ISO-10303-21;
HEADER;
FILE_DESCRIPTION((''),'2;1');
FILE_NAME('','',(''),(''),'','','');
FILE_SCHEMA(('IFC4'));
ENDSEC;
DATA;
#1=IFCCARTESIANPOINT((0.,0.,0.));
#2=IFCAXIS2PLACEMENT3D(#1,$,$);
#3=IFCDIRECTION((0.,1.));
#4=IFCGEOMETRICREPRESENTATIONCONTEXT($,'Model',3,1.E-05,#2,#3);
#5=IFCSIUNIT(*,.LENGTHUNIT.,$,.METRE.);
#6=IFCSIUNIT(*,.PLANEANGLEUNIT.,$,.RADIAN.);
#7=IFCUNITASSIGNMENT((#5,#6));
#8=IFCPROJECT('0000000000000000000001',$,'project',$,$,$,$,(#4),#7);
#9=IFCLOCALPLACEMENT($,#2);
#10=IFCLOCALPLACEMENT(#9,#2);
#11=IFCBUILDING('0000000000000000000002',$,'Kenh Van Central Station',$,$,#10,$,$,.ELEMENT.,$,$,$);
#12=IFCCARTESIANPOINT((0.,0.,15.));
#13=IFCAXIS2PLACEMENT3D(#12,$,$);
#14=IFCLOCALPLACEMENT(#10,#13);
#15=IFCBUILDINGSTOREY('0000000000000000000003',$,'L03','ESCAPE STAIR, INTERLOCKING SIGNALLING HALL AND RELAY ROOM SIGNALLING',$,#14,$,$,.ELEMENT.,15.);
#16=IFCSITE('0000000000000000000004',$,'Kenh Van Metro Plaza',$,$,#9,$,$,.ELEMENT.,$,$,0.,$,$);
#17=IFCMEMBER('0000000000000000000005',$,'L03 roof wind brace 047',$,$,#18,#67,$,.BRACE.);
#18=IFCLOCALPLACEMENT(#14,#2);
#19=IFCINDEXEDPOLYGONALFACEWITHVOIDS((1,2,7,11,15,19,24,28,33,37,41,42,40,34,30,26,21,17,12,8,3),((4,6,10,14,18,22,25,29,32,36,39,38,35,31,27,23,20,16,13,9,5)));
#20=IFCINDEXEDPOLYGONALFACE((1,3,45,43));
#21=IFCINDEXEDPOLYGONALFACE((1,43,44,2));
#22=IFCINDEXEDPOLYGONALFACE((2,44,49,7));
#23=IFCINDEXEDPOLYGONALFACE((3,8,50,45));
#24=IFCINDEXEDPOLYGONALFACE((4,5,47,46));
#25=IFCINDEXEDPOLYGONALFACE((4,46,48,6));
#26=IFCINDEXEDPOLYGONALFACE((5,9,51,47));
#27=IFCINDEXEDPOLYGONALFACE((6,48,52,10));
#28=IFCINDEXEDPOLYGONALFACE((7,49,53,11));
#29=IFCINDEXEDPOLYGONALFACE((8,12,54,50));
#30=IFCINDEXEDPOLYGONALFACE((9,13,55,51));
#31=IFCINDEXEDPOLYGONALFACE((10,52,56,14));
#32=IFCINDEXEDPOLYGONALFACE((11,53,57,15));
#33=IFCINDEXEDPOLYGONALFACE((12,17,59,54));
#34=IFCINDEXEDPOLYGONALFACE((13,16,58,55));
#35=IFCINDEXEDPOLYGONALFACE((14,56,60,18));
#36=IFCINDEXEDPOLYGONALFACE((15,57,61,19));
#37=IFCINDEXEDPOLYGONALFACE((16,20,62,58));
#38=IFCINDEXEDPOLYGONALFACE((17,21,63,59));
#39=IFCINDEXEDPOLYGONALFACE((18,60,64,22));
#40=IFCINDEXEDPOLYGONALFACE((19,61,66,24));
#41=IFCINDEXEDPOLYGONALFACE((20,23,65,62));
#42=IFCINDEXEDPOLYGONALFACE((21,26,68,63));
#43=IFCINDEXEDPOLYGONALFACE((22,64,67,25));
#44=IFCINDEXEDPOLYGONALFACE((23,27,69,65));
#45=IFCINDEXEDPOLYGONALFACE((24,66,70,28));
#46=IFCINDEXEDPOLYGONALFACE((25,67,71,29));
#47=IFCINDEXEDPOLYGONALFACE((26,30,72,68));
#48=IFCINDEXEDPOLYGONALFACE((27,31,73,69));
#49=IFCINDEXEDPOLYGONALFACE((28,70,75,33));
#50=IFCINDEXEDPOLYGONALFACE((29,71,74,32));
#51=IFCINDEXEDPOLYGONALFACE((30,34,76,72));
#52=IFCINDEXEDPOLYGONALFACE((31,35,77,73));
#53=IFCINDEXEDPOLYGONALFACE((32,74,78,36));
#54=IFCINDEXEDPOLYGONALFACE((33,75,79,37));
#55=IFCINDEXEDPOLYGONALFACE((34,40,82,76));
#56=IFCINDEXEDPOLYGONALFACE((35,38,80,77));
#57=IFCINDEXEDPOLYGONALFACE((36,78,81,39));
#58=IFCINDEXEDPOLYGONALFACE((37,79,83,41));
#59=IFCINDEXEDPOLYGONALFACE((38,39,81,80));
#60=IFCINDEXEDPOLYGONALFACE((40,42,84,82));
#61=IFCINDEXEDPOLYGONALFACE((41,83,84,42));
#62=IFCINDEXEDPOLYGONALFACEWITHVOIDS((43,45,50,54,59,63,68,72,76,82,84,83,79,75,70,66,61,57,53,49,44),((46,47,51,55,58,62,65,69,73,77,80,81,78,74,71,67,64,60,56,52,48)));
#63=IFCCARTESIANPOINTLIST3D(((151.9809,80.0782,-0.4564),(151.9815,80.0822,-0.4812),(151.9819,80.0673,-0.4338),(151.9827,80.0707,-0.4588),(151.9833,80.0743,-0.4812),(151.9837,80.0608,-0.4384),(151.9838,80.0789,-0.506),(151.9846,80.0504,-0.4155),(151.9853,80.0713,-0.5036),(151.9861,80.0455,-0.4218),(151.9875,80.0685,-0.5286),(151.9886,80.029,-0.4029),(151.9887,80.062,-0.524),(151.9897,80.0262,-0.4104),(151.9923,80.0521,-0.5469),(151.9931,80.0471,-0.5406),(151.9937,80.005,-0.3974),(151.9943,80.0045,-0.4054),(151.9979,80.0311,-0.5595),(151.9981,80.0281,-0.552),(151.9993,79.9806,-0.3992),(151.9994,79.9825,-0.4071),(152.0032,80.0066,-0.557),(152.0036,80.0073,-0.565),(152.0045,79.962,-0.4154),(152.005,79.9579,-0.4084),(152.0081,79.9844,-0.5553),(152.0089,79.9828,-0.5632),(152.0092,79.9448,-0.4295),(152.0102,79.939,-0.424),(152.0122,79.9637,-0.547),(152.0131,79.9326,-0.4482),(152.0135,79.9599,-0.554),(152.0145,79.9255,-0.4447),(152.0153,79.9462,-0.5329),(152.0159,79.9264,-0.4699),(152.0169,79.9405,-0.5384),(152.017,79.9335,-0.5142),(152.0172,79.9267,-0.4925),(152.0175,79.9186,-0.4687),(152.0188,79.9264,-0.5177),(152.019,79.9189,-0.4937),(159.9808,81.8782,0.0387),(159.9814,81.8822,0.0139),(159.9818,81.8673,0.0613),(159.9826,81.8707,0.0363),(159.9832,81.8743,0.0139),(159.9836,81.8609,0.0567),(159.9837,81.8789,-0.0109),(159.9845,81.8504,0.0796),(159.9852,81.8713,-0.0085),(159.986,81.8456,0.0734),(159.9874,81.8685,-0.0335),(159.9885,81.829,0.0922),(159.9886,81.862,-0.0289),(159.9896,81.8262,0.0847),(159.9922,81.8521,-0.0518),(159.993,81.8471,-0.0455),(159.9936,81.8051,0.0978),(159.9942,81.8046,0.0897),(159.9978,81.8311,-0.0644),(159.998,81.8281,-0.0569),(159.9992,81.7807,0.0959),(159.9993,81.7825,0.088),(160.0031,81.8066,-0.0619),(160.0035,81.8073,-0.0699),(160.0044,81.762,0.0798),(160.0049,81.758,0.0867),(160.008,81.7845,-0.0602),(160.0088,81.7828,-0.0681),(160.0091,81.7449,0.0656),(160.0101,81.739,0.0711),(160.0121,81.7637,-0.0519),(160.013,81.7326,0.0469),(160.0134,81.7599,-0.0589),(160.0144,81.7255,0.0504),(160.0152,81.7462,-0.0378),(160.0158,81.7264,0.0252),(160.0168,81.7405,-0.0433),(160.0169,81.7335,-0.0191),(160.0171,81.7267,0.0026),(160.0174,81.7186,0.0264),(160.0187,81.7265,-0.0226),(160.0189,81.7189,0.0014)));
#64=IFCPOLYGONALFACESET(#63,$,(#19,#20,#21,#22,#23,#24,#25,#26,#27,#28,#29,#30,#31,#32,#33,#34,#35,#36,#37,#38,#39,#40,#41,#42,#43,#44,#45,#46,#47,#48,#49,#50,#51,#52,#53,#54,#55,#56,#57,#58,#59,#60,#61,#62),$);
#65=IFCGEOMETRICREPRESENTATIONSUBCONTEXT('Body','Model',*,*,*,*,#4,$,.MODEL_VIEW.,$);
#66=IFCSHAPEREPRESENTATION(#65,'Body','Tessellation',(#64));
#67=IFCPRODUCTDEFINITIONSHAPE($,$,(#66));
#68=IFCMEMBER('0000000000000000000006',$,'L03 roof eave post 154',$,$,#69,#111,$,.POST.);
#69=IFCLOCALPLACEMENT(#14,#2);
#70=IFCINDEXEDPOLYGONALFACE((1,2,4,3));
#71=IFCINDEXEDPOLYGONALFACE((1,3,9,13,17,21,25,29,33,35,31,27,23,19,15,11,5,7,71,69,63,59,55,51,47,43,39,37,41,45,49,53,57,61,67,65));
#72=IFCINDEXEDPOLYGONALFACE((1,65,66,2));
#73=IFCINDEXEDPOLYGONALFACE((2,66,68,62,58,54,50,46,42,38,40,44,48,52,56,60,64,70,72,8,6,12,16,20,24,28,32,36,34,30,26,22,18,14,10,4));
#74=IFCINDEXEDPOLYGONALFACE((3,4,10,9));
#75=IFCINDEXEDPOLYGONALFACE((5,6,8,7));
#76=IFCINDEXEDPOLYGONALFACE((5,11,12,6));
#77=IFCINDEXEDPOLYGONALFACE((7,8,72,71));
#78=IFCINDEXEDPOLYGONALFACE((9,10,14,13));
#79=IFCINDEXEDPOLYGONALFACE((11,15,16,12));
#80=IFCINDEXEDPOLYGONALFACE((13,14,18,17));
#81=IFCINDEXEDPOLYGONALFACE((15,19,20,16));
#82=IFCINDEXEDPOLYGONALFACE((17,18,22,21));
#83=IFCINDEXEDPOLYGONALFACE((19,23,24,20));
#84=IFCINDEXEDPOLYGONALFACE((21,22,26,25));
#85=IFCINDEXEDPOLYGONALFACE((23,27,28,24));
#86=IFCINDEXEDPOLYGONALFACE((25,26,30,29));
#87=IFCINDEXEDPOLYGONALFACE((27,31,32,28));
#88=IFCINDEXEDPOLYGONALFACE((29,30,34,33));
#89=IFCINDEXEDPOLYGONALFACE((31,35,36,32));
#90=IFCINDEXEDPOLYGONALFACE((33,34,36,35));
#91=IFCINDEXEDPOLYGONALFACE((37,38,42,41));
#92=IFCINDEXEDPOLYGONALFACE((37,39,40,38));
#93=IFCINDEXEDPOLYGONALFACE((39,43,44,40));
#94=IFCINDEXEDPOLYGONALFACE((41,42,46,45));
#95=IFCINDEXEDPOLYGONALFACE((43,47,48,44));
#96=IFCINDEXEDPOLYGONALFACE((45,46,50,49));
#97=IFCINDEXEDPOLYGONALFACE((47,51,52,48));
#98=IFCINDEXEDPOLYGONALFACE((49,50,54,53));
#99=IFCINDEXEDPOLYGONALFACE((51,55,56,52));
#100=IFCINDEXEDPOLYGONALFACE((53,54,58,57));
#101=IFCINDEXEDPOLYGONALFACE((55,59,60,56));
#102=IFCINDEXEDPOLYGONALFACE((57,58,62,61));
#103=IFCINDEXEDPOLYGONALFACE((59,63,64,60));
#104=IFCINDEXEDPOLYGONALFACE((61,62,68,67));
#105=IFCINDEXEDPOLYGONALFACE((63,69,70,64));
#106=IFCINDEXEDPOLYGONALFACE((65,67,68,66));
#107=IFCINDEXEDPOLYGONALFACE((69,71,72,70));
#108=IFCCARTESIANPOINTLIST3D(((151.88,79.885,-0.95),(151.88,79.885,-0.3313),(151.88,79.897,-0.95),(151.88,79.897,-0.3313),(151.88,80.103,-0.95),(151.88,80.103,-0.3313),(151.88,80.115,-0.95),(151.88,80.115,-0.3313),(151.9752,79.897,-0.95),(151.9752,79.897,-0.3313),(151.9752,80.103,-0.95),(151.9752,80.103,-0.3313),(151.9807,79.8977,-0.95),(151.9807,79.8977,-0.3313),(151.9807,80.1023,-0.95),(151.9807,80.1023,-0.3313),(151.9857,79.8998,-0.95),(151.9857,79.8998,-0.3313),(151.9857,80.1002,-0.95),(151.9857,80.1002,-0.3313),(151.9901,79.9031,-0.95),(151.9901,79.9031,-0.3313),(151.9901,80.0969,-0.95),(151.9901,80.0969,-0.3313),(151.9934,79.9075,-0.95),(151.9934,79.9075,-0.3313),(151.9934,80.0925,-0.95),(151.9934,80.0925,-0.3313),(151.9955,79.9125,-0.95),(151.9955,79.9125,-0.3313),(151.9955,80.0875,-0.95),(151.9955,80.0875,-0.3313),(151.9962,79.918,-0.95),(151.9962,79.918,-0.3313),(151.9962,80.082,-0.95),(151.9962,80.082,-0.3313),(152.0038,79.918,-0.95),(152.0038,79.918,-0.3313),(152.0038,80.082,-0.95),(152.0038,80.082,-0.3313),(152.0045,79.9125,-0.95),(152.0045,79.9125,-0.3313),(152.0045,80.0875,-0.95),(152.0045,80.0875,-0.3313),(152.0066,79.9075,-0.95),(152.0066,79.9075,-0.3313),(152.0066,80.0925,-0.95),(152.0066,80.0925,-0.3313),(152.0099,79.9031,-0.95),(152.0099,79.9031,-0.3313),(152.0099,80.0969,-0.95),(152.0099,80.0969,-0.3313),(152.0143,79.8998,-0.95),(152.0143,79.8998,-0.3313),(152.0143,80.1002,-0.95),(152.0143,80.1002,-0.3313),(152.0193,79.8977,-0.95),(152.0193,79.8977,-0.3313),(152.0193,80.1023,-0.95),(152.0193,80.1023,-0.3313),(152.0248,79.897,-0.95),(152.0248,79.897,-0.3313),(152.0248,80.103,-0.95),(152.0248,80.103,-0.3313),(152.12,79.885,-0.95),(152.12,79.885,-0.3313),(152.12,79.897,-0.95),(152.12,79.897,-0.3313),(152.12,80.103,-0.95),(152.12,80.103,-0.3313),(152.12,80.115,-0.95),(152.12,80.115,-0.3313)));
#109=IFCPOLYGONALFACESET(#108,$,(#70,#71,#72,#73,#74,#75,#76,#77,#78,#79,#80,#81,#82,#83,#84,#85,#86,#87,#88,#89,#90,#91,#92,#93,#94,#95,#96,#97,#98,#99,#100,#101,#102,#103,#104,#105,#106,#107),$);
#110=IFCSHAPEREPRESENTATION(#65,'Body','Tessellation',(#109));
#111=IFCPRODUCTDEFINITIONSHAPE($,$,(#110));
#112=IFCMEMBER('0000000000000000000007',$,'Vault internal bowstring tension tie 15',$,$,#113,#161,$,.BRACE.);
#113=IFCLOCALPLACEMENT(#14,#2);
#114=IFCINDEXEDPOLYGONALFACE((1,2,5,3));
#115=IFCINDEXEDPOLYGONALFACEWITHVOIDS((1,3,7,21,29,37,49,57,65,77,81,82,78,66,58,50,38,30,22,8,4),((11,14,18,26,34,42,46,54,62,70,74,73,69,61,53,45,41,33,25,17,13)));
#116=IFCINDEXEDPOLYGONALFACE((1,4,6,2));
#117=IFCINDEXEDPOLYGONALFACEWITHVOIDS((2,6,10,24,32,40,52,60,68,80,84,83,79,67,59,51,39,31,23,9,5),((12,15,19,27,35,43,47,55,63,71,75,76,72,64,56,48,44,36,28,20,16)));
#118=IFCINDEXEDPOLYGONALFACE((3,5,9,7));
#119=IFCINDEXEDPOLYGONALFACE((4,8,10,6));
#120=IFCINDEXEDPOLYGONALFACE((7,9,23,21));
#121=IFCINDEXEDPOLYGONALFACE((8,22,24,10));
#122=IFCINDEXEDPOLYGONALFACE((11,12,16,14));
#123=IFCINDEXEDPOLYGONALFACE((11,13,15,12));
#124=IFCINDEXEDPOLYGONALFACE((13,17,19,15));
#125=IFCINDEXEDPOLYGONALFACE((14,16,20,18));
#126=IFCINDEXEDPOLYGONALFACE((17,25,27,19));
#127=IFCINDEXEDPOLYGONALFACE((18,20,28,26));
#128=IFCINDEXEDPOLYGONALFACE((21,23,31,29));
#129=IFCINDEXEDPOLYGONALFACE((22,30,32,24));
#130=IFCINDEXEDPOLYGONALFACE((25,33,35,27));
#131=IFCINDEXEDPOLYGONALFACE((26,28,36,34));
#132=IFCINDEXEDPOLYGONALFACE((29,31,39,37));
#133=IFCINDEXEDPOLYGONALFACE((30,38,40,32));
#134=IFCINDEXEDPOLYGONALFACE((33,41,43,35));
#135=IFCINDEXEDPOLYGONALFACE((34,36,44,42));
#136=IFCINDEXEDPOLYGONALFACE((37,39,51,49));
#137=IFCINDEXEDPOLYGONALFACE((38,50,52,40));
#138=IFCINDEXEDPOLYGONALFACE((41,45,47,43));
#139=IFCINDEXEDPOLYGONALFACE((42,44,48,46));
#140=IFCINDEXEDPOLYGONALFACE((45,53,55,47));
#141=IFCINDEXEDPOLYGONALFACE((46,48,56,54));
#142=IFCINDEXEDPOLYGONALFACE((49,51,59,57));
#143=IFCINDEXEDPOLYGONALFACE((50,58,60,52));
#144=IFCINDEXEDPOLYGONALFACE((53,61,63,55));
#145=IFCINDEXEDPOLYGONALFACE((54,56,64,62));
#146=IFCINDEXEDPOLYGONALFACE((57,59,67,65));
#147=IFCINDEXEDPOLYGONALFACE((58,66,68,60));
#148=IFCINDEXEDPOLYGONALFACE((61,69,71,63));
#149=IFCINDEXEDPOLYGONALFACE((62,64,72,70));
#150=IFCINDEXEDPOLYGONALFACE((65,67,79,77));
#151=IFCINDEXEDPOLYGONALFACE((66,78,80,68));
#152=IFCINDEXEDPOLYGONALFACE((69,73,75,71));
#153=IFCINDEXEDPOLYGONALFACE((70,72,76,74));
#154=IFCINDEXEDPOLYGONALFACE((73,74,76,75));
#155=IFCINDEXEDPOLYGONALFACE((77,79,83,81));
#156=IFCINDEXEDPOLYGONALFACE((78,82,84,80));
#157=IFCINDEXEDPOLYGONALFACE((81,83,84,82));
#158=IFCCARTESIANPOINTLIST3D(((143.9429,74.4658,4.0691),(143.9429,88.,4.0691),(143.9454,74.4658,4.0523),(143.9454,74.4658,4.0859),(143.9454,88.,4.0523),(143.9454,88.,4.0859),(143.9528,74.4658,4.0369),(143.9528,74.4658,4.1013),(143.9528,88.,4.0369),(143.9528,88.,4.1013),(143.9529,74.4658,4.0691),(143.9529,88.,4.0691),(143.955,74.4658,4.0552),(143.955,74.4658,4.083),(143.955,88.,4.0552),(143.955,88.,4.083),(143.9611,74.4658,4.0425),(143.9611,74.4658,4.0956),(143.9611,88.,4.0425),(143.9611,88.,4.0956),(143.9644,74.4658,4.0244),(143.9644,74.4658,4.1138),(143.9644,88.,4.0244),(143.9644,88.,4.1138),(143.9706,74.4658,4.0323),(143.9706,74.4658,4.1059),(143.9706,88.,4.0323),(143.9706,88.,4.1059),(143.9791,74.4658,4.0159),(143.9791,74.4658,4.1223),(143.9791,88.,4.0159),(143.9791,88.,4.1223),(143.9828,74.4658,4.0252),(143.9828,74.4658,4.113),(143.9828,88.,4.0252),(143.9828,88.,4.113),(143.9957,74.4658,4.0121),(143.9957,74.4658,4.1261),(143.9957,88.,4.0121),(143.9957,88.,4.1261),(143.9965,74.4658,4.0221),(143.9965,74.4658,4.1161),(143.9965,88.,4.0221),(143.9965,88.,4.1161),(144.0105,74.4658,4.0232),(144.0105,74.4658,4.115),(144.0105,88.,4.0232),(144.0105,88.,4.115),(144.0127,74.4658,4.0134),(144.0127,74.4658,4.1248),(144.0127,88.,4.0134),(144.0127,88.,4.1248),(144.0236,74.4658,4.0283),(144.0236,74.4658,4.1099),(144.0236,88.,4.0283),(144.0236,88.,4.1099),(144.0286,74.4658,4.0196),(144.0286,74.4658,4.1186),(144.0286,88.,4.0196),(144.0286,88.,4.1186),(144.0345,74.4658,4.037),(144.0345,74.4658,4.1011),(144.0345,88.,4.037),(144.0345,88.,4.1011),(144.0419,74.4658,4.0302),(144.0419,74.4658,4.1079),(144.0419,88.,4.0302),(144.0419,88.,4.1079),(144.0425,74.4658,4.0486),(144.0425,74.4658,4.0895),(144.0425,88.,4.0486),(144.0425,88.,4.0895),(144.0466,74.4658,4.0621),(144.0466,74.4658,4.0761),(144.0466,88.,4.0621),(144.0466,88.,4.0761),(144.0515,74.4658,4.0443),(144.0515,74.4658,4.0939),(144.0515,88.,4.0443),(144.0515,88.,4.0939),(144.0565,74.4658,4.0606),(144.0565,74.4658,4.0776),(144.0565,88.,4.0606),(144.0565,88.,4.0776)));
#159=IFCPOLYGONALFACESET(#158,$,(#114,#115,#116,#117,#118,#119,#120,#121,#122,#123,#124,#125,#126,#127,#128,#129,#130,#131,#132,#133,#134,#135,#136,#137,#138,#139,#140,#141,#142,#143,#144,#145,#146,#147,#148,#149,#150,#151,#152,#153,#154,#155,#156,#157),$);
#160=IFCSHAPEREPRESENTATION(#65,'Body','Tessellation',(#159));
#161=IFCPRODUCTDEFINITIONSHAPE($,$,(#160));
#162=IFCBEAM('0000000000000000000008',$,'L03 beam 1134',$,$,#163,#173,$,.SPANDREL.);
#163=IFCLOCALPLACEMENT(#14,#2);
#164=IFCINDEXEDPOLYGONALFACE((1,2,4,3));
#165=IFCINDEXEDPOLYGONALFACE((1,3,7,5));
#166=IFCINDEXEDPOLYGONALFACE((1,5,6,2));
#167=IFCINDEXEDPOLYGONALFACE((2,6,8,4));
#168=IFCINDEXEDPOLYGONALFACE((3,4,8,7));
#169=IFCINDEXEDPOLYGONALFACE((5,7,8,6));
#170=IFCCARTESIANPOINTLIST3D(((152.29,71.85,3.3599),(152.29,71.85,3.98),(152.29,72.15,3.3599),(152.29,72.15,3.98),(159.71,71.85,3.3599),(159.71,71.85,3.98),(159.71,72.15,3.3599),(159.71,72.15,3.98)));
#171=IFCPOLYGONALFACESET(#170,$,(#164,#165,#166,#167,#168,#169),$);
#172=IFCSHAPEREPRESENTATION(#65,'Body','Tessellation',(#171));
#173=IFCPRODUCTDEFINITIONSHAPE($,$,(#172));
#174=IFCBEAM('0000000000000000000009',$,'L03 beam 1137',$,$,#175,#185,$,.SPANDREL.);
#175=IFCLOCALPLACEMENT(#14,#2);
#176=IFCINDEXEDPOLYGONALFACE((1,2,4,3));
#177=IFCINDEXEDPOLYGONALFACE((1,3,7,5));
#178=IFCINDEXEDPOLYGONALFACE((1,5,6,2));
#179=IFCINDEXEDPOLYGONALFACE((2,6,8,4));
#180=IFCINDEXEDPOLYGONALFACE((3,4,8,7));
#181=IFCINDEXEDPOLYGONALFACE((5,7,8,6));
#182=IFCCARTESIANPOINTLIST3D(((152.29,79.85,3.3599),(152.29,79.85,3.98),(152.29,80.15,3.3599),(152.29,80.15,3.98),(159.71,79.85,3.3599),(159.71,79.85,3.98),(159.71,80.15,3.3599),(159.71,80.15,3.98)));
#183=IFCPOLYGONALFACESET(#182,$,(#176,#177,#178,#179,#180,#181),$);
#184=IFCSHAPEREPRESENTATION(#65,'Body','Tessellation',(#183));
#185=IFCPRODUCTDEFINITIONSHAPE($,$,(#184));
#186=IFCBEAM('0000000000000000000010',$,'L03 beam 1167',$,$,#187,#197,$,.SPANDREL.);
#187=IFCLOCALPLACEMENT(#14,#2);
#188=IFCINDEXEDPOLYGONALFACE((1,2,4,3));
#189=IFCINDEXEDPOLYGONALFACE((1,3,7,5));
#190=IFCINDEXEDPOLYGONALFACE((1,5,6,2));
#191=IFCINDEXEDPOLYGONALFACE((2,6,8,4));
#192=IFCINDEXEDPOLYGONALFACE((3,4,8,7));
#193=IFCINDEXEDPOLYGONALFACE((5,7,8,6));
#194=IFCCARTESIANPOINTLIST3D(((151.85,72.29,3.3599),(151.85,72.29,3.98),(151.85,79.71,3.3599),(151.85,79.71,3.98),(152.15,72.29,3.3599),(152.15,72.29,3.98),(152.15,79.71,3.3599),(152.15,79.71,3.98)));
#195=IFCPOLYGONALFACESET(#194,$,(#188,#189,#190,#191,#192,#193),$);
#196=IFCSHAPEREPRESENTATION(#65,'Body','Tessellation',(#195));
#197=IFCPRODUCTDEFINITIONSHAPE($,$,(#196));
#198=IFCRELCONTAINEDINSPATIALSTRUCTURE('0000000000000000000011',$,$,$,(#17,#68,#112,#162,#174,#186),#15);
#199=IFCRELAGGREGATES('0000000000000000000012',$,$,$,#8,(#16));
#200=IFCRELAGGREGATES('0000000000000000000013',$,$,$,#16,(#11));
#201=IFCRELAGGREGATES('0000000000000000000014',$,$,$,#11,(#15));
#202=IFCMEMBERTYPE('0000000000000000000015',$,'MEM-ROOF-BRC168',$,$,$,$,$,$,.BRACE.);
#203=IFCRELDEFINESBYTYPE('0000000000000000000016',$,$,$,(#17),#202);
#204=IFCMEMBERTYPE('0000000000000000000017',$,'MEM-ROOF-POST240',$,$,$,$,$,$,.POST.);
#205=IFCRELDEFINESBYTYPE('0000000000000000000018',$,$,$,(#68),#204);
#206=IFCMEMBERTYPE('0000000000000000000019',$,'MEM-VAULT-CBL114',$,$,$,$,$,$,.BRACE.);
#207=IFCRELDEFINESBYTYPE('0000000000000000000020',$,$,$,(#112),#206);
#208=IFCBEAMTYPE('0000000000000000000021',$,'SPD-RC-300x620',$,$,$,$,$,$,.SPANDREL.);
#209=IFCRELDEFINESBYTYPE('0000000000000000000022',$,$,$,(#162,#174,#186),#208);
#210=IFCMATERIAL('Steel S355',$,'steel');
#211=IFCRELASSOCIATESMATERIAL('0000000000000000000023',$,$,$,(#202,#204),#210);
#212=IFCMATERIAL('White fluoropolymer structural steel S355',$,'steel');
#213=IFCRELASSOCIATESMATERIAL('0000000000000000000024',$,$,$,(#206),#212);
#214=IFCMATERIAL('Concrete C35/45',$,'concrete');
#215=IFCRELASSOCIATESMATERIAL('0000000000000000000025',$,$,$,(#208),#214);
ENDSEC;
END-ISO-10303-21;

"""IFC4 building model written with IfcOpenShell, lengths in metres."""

from ifc_helpers import new_model, si_unit, direction, frame, origin, origin_2d, place, context, subcontext, project, spatial, rectangle, hollow_circle, i_section, extrude, material, material_profile, profile_set, type_object, element, save


model = new_model("IFC4")

# Units and contexts
model_context = context("Model", 3, precision=1e-05, world=origin(), true_north=direction((0.0, 1.0)))
body_context = subcontext(model_context, "Body", "Model", "MODEL_VIEW")
ifc_project = project(units=[si_unit("LENGTHUNIT", "METRE"), si_unit("PLANEANGLEUNIT", "RADIAN")], contexts=[model_context])

# Site, building, storey
site_placement = place(None, origin())
site = spatial("IfcSite", under=ifc_project, at=site_placement, Name="Kenh Van Metro Plaza", CompositionType="ELEMENT", RefElevation=0.0)
building_placement = place(site_placement, origin())
building = spatial("IfcBuilding", under=site, at=building_placement, Name="Kenh Van Central Station", CompositionType="ELEMENT")
storey_placement = place(building_placement, frame((0.0, 0.0, 15.0)))
storey = spatial("IfcBuildingStorey", under=building, at=storey_placement, Name="L03", Description="ESCAPE STAIR, INTERLOCKING SIGNALLING HALL AND RELAY ROOM SIGNALLING", CompositionType="ELEMENT", Elevation=15.0)

# Shared definitions
ifc_material_1 = material(Name="Concrete C35/45", Category="concrete")

# Shared definitions
ifc_material_2 = material(Name="Steel S355", Category="steel")
ifc_material_3 = material(Name="White fluoropolymer structural steel S355", Category="steel")

# Members
ifc_material_profile_1 = material_profile(ifc_material_2, hollow_circle(Radius=0.0842, WallThickness=0.0081, at=origin_2d()), Name="CHS 168.3x8")
ifc_profile_set_1 = profile_set([ifc_material_profile_1], Name="Steel S355")
member_type_1 = type_object("IfcMemberType", Name="MEM-ROOF-BRC168", PredefinedType="BRACE", material=ifc_profile_set_1)
member_1_placement = place(storey_placement, frame((152.0, 80.0, -0.4812), z_axis=(0.973835, 0.219119, 0.06027), x_axis=(-0.219518, 0.975608, 0.0)))
element("IfcMember", 1, at=member_1_placement, inside=storey, type_object=member_type_1, Name="L03 roof wind brace 047", PredefinedType="BRACE", context=body_context, shape_type="SweptSolid", body=[
    extrude(hollow_circle(Radius=0.0842, WallThickness=0.0081, at=origin_2d()), origin(), (0.0, 0.0, 1.0), 8.2148),
])
ifc_material_profile_2 = material_profile(ifc_material_2, i_section(OverallWidth=0.24, OverallDepth=0.23, WebThickness=0.0076, FlangeThickness=0.012, FilletRadius=0.021, at=origin_2d()), Name="HEA 240")
ifc_profile_set_2 = profile_set([ifc_material_profile_2], Name="Steel S355")
member_type_2 = type_object("IfcMemberType", Name="MEM-ROOF-POST240", PredefinedType="POST", material=ifc_profile_set_2)
member_2_placement = place(storey_placement, frame((152.0, 80.0, -0.95), z_axis=(0.0, 0.0, 1.0), x_axis=(1.0, 0.0, 0.0)))
element("IfcMember", 2, at=member_2_placement, inside=storey, type_object=member_type_2, Name="L03 roof eave post 154", PredefinedType="POST", context=body_context, shape_type="SweptSolid", body=[
    extrude(i_section(OverallWidth=0.24, OverallDepth=0.23, WebThickness=0.0076, FlangeThickness=0.012, FilletRadius=0.021, at=origin_2d()), origin(), (0.0, 0.0, 1.0), 0.6187),
])
ifc_material_profile_3 = material_profile(ifc_material_3, hollow_circle(Radius=0.0571, WallThickness=0.01, at=origin_2d()), Name="CHS 114.3x10")
ifc_profile_set_3 = profile_set([ifc_material_profile_3], Name="White fluoropolymer structural steel S355")
member_type_3 = type_object("IfcMemberType", Name="MEM-VAULT-CBL114", PredefinedType="BRACE", material=ifc_profile_set_3)
member_3_placement = place(storey_placement, frame((144.0, 74.4658, 4.0691), z_axis=(0.0, 1.0, 0.0), x_axis=(-1.0, 0.0, 0.0)))
element("IfcMember", 3, at=member_3_placement, inside=storey, type_object=member_type_3, Name="Vault internal bowstring tension tie 15", PredefinedType="BRACE", context=body_context, shape_type="SweptSolid", body=[
    extrude(hollow_circle(Radius=0.0571, WallThickness=0.01, at=origin_2d()), origin(), (0.0, 0.0, 1.0), 13.5342),
])

# Beams
ifc_material_profile_4 = material_profile(ifc_material_1, rectangle(XDim=0.3, YDim=0.6201, at=origin_2d()), Name="RC 300x620")
ifc_profile_set_4 = profile_set([ifc_material_profile_4], Name="Concrete C35/45")
beam_type_1 = type_object("IfcBeamType", Name="SPD-RC-300x620", PredefinedType="SPANDREL", material=ifc_profile_set_4)
for number, where, z_axis, x_axis, name in (
    (4, (152.29, 72.0, 3.6699), (1.0, 0.0, 0.0), (0.0, 1.0, 0.0), "L03 beam 1134"),
    (5, (152.29, 80.0, 3.6699), (1.0, 0.0, 0.0), (0.0, 1.0, 0.0), "L03 beam 1137"),
    (6, (152.0, 72.29, 3.6699), (0.0, 1.0, 0.0), (-1.0, 0.0, 0.0), "L03 beam 1167"),
):
    element("IfcBeam", number, at=place(storey_placement, frame(where, z_axis=z_axis, x_axis=x_axis)), inside=storey, type_object=beam_type_1, Name=name, PredefinedType="SPANDREL", context=body_context, shape_type="SweptSolid", body=[
        extrude(rectangle(XDim=0.3, YDim=0.6201, at=origin_2d()), origin(), (0.0, 0.0, 1.0), 7.4199),
    ])

save(model, "model.ifc")
